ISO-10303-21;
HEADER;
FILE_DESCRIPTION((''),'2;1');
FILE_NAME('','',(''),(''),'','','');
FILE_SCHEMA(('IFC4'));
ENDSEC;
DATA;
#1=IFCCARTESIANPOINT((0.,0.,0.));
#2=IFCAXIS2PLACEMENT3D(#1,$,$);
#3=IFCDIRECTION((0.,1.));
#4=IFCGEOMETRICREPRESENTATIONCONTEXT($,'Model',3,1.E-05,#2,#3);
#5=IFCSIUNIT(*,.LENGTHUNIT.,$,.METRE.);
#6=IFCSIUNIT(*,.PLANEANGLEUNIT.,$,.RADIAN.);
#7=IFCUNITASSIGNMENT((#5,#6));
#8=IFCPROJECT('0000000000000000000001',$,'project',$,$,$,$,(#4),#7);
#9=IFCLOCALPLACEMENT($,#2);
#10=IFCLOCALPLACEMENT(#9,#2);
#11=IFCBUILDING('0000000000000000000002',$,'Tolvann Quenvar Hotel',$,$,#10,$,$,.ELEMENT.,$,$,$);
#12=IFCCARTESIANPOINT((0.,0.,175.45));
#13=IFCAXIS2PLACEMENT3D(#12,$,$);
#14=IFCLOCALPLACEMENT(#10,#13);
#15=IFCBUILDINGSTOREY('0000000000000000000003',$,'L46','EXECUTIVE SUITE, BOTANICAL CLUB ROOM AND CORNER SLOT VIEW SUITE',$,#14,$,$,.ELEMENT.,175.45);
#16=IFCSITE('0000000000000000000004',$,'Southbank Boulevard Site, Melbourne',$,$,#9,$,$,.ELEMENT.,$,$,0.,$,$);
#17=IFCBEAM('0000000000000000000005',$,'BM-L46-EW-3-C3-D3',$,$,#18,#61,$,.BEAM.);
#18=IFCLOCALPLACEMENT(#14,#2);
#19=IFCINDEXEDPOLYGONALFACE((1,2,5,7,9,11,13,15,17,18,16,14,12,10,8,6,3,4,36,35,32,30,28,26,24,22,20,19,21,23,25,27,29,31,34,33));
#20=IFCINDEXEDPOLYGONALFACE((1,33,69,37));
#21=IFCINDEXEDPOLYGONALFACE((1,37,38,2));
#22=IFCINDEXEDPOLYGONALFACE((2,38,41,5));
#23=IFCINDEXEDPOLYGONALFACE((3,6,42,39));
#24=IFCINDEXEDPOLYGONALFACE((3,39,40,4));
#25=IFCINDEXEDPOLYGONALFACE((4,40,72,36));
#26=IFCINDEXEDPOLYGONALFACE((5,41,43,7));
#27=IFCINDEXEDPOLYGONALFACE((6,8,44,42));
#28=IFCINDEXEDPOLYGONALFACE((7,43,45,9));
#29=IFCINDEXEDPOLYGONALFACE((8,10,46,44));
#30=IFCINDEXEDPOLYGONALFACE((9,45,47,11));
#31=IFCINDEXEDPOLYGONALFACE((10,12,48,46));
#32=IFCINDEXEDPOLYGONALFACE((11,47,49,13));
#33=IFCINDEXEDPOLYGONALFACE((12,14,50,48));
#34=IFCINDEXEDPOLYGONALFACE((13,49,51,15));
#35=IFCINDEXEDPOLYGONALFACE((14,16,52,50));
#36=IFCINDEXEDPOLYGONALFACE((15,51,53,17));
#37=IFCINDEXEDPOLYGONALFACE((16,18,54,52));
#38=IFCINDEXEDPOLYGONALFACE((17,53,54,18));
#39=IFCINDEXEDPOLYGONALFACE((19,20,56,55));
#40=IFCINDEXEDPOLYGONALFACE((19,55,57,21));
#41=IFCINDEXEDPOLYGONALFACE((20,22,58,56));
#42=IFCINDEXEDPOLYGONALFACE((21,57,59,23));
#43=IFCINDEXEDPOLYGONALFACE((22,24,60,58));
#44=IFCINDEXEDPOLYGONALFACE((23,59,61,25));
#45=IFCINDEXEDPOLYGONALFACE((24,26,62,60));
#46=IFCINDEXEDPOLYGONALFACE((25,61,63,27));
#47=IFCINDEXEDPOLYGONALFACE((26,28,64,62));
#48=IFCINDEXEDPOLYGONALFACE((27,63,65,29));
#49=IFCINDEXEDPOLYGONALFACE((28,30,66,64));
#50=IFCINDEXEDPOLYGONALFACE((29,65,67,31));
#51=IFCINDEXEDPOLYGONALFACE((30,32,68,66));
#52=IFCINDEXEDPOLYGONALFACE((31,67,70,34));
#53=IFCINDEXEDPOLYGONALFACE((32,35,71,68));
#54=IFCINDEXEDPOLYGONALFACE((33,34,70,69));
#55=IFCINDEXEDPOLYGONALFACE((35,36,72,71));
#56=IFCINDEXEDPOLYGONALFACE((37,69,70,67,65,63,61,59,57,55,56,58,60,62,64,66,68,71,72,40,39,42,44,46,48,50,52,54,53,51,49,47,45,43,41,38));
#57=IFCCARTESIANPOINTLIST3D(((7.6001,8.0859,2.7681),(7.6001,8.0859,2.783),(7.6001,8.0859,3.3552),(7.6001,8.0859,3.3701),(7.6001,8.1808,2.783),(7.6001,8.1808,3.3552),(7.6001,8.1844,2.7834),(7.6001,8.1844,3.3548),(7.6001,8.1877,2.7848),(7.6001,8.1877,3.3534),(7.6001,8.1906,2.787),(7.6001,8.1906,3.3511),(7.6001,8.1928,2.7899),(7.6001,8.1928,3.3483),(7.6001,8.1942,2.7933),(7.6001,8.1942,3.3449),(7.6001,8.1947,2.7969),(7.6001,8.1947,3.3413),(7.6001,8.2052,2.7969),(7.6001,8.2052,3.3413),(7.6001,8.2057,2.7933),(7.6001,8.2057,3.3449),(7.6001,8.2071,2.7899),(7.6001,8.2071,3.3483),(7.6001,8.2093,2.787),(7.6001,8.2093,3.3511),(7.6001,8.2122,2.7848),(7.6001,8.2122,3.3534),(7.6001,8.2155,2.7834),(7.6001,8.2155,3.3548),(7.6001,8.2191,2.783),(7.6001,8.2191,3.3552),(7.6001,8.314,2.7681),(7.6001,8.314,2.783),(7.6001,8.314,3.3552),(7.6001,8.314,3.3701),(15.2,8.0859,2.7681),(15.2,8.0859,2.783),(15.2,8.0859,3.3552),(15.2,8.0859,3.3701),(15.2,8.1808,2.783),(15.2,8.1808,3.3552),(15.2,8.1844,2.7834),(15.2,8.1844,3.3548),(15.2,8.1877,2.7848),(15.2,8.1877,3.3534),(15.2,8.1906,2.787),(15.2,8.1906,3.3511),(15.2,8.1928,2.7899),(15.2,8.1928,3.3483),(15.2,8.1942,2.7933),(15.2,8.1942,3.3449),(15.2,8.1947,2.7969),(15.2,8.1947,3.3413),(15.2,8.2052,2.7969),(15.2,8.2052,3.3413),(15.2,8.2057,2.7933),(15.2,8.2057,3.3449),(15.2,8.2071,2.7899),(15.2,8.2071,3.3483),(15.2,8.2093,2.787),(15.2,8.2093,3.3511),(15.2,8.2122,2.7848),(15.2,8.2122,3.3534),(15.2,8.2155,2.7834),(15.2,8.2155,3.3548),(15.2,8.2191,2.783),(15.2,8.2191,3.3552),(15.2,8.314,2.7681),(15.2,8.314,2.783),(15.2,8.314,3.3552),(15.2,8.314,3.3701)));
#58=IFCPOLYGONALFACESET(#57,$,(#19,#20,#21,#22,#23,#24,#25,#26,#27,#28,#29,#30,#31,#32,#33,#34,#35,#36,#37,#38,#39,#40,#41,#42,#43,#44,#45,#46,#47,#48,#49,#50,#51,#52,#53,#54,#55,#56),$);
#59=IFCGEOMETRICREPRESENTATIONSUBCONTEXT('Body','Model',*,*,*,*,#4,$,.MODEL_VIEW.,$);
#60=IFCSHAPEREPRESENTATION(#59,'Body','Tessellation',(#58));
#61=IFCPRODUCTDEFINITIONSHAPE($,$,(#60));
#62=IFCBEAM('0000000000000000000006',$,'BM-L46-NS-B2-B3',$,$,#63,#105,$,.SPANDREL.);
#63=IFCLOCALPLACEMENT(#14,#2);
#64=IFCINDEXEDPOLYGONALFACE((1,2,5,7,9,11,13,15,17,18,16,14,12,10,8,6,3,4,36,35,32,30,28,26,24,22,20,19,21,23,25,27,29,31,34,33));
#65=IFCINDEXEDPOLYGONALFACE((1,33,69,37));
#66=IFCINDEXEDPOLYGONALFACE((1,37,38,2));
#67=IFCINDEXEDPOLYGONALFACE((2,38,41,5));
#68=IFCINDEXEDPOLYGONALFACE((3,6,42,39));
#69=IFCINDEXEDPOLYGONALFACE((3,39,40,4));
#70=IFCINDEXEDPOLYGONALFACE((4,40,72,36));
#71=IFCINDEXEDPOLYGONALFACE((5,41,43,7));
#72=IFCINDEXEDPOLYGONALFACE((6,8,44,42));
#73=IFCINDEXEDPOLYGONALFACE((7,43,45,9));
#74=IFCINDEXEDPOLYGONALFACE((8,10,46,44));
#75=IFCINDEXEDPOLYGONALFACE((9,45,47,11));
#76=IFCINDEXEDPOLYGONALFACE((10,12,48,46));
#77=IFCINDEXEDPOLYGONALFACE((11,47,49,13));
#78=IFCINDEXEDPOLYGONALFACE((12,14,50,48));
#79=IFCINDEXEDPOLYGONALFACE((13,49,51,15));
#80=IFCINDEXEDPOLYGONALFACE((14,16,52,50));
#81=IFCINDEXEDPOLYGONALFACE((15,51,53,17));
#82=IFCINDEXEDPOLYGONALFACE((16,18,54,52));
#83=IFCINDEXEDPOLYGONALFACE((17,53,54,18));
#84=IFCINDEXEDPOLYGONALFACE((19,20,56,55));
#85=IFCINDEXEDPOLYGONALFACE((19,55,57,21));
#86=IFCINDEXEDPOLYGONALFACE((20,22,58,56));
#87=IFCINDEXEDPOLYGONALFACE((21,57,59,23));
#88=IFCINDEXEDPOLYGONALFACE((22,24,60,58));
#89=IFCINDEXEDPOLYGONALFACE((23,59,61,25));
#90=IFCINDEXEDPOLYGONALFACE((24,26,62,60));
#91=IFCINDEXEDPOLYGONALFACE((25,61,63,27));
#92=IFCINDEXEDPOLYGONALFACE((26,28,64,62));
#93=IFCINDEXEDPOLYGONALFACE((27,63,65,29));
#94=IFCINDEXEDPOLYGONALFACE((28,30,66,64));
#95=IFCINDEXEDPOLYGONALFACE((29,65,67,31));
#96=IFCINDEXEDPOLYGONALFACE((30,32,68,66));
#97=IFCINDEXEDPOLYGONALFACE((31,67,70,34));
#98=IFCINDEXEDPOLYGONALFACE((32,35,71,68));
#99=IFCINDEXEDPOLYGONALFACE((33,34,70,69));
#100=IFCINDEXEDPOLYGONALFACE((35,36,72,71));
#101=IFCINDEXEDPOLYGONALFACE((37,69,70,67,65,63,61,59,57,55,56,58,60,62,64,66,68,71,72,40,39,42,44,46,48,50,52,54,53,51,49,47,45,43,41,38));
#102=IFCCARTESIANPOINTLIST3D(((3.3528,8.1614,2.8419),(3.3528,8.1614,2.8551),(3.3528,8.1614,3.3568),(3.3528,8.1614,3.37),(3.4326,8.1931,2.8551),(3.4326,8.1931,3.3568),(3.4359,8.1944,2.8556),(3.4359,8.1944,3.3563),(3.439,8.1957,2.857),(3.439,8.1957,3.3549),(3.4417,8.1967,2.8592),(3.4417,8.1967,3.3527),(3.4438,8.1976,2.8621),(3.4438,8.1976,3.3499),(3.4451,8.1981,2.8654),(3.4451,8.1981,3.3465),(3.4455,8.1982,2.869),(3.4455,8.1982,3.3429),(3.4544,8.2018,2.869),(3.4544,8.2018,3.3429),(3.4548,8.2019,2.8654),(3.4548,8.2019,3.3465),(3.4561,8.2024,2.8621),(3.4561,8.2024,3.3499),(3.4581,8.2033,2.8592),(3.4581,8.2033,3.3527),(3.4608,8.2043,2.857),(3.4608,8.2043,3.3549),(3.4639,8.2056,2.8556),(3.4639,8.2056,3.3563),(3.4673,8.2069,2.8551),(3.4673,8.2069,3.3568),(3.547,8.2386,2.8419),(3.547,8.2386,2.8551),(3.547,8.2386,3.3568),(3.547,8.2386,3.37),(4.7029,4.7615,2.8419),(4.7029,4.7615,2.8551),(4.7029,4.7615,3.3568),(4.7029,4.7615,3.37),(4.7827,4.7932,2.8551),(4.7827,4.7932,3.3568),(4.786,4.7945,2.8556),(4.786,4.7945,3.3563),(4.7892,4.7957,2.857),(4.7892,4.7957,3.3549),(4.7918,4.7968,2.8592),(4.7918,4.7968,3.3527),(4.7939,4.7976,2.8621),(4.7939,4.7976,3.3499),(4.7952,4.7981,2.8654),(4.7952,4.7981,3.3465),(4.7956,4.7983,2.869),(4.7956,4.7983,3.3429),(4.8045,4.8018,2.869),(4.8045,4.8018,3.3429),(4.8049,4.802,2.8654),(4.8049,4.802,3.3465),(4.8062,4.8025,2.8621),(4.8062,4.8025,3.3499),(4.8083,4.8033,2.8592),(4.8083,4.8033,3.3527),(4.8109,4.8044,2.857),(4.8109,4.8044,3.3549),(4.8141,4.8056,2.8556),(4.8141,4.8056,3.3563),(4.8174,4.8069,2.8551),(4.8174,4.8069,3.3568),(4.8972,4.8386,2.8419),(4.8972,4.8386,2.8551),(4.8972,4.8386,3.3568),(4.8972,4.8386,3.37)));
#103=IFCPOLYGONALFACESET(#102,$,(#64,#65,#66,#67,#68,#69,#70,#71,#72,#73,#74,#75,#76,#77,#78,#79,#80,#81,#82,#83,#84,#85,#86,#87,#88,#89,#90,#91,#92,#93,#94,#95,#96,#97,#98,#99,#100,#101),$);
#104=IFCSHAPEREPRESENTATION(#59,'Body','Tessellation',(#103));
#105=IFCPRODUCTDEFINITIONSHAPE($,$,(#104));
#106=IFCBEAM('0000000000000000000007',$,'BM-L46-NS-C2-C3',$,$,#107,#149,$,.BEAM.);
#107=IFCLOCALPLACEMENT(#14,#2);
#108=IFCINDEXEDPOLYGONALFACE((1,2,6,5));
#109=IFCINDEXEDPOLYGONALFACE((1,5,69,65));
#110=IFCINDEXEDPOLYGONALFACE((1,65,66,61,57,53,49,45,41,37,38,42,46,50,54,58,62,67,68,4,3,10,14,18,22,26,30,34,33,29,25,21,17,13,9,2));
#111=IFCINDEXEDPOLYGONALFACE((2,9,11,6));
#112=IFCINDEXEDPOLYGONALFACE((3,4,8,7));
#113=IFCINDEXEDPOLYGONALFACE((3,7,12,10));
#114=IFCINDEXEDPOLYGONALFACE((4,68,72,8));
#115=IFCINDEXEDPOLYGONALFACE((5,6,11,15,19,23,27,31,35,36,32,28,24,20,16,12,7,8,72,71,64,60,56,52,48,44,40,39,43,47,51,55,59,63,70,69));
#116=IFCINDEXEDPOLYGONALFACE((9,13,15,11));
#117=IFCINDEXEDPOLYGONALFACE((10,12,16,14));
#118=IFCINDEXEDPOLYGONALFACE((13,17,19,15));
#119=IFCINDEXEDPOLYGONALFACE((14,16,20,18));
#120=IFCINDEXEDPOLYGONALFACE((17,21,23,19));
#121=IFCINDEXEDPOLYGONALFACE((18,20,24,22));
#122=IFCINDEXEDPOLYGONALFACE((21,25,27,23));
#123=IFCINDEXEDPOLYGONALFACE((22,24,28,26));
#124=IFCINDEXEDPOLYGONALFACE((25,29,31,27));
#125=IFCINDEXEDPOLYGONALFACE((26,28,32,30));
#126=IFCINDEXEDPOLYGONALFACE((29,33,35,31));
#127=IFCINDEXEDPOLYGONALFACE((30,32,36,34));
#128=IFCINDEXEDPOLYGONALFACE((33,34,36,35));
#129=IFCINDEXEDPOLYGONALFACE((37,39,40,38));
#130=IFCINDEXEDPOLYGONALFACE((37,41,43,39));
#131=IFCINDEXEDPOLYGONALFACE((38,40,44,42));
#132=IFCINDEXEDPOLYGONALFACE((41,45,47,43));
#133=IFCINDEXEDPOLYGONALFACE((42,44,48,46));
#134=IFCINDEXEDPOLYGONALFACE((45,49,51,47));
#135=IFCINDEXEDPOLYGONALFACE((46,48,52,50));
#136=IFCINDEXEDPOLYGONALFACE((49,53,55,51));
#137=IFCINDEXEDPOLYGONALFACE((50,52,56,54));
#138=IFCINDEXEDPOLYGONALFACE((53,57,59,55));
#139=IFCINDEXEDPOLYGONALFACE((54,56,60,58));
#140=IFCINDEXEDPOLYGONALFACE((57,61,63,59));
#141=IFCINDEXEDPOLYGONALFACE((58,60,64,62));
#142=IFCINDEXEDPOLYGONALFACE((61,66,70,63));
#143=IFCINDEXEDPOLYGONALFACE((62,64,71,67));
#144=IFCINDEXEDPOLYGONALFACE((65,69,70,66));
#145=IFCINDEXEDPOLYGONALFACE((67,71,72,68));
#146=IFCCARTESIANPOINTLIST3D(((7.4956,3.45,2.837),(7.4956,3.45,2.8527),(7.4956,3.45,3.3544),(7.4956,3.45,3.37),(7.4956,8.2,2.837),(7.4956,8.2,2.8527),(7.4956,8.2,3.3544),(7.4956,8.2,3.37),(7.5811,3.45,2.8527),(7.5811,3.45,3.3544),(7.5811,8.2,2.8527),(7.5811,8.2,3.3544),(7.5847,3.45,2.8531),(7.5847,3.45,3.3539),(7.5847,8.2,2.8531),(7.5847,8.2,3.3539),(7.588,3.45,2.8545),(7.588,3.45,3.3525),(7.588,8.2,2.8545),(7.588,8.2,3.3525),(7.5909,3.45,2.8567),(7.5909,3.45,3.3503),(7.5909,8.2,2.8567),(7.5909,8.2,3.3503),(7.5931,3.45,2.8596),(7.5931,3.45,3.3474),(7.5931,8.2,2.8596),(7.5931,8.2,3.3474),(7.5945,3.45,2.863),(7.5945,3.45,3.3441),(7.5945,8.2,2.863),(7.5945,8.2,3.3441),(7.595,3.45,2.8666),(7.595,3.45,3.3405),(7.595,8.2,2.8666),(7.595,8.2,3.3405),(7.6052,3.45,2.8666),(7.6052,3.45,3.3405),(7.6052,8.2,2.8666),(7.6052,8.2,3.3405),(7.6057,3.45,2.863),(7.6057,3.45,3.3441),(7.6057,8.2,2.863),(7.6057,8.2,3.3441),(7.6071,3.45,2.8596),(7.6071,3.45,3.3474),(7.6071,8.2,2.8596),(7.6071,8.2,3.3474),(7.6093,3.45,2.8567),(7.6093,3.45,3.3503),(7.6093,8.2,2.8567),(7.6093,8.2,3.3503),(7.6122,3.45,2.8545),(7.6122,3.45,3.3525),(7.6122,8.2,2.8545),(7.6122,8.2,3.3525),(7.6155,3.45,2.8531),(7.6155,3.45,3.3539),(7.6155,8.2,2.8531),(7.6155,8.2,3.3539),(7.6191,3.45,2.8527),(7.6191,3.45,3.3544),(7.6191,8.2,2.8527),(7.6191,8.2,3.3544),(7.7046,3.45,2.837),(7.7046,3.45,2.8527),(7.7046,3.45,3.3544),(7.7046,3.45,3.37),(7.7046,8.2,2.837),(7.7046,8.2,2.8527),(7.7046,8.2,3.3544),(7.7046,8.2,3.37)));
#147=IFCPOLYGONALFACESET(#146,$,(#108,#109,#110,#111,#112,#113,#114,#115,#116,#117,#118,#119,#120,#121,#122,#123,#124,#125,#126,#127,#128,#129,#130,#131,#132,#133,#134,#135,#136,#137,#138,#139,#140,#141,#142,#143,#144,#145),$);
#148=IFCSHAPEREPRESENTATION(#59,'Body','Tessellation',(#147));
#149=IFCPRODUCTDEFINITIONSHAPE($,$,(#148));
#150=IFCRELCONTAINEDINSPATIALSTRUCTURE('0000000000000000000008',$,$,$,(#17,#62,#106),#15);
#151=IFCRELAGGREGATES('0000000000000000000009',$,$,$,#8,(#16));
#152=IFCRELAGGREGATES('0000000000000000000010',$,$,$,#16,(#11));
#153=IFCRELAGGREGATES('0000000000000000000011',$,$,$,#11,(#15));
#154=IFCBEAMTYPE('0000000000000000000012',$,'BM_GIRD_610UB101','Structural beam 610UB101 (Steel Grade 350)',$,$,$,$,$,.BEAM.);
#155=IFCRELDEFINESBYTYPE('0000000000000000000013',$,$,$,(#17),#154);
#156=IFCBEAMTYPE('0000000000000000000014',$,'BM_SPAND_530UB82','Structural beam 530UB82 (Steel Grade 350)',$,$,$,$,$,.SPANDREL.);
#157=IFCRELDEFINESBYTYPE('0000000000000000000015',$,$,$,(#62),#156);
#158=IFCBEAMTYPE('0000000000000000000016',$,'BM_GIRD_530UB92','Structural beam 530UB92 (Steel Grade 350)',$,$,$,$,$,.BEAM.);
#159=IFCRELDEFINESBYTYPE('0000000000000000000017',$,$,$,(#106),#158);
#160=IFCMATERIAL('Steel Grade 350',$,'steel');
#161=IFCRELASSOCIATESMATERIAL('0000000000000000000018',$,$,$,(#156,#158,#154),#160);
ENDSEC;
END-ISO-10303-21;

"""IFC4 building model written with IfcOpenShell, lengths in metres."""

from ifc_helpers import new_model, si_unit, direction, frame, origin, origin_2d, place, context, subcontext, project, spatial, i_section, extrude, source, transform, mapped, material, material_profile, profile_set, type_object, element, save


model = new_model("IFC4")

# Units and contexts
model_context = context("Model", 3, precision=1e-05, world=origin(), true_north=direction((0.0, 1.0)))
body_context = subcontext(model_context, "Body", "Model", "MODEL_VIEW")
ifc_project = project(units=[si_unit("LENGTHUNIT", "METRE"), si_unit("PLANEANGLEUNIT", "RADIAN")], contexts=[model_context])

# Site, building, storey
site_placement = place(None, origin())
site = spatial("IfcSite", under=ifc_project, at=site_placement, Name="Southbank Boulevard Site, Melbourne", CompositionType="ELEMENT", RefElevation=0.0)
building_placement = place(site_placement, origin())
building = spatial("IfcBuilding", under=site, at=building_placement, Name="Tolvann Quenvar Hotel", CompositionType="ELEMENT")
storey_placement = place(building_placement, frame((0.0, 0.0, 175.45)))
storey = spatial("IfcBuildingStorey", under=building, at=storey_placement, Name="L46", Description="EXECUTIVE SUITE, BOTANICAL CLUB ROOM AND CORNER SLOT VIEW SUITE", CompositionType="ELEMENT", Elevation=175.45)

# Shared definitions
ifc_material_1 = material(Name="Steel Grade 350", Category="steel")

# Beams
ifc_material_profile_1 = material_profile(ifc_material_1, i_section(OverallWidth=0.209, OverallDepth=0.5281, WebThickness=0.0095, FlangeThickness=0.0132, FilletRadius=0.0139, at=origin_2d()), Name="530UB82")
ifc_profile_set_1 = profile_set([ifc_material_profile_1], Name="Steel Grade 350")
beam_type_1 = type_object("IfcBeamType", Name="BM_SPAND_530UB82", Description="Structural beam 530UB82 (Steel Grade 350)", PredefinedType="SPANDREL", material=ifc_profile_set_1)
ifc_material_profile_2 = material_profile(ifc_material_1, i_section(OverallWidth=0.209, OverallDepth=0.533, WebThickness=0.0103, FlangeThickness=0.0156, FilletRadius=0.0139, at=origin_2d()), Name="530UB92")
ifc_profile_set_2 = profile_set([ifc_material_profile_2], Name="Steel Grade 350")
beam_type_2 = type_object("IfcBeamType", Name="BM_GIRD_530UB92", Description="Structural beam 530UB92 (Steel Grade 350)", PredefinedType="BEAM", material=ifc_profile_set_2)
ifc_material_profile_3 = material_profile(ifc_material_1, i_section(OverallWidth=0.228, OverallDepth=0.6021, WebThickness=0.0105, FlangeThickness=0.0149, FilletRadius=0.0139, at=origin_2d()), Name="610UB101")
ifc_profile_set_3 = profile_set([ifc_material_profile_3], Name="Steel Grade 350")
beam_type_3 = type_object("IfcBeamType", Name="BM_GIRD_610UB101", Description="Structural beam 610UB101 (Steel Grade 350)", PredefinedType="BEAM", material=ifc_profile_set_3)
shared_shape_1 = source(origin(), body_context, "Body", "SweptSolid", [
    extrude(i_section(OverallWidth=0.228, OverallDepth=0.6021, WebThickness=0.0105, FlangeThickness=0.0149, FilletRadius=0.0139, at=origin_2d()), origin(), (0.0, 0.0, 1.0), 7.5999),
])
beam_1_placement = place(storey_placement, frame((7.6001, 8.2, 3.0691), z_axis=(1.0, 0.0, 0.0), x_axis=(0.0, 1.0, 0.0)))
element("IfcBeam", 1, at=beam_1_placement, inside=storey, type_object=beam_type_3, Name="BM-L46-EW-3-C3-D3", PredefinedType="BEAM", context=body_context, shape_type="MappedRepresentation", body=[
    mapped(shared_shape_1, transform((0.0, 0.0, 0.0), x_axis=(1.0, 0.0, 0.0), y_axis=(0.0, 1.0, 0.0), z_axis=(0.0, 0.0, 1.0), scale=1.0)),
])
shared_shape_2 = source(origin(), body_context, "Body", "SweptSolid", [
    extrude(i_section(OverallWidth=0.209, OverallDepth=0.5281, WebThickness=0.0095, FlangeThickness=0.0132, FilletRadius=0.0139, at=origin_2d()), origin(), (0.0, 0.0, 1.0), 3.6582),
])
beam_2_placement = place(storey_placement, frame((4.8, 4.8, 3.106), z_axis=(-0.369065, 0.929404, 0.0), x_axis=(-0.929404, -0.369065, 0.0)))
element("IfcBeam", 2, at=beam_2_placement, inside=storey, type_object=beam_type_1, Name="BM-L46-NS-B2-B3", PredefinedType="SPANDREL", context=body_context, shape_type="MappedRepresentation", body=[
    mapped(shared_shape_2, transform((0.0, 0.0, 0.0), x_axis=(1.0, 0.0, 0.0), y_axis=(0.0, 1.0, 0.0), z_axis=(0.0, 0.0, 1.0), scale=1.0)),
])
shared_shape_3 = source(origin(), body_context, "Body", "SweptSolid", [
    extrude(i_section(OverallWidth=0.209, OverallDepth=0.533, WebThickness=0.0103, FlangeThickness=0.0156, FilletRadius=0.0139, at=origin_2d()), origin(), (0.0, 0.0, 1.0), 4.75),
])
beam_3_placement = place(storey_placement, frame((7.6001, 3.45, 3.1035), z_axis=(0.0, 1.0, 0.0), x_axis=(-1.0, 0.0, 0.0)))
element("IfcBeam", 3, at=beam_3_placement, inside=storey, type_object=beam_type_2, Name="BM-L46-NS-C2-C3", PredefinedType="BEAM", context=body_context, shape_type="MappedRepresentation", body=[
    mapped(shared_shape_3, transform((0.0, 0.0, 0.0), x_axis=(1.0, 0.0, 0.0), y_axis=(0.0, 1.0, 0.0), z_axis=(0.0, 0.0, 1.0), scale=1.0)),
])

save(model, "model.ifc")
